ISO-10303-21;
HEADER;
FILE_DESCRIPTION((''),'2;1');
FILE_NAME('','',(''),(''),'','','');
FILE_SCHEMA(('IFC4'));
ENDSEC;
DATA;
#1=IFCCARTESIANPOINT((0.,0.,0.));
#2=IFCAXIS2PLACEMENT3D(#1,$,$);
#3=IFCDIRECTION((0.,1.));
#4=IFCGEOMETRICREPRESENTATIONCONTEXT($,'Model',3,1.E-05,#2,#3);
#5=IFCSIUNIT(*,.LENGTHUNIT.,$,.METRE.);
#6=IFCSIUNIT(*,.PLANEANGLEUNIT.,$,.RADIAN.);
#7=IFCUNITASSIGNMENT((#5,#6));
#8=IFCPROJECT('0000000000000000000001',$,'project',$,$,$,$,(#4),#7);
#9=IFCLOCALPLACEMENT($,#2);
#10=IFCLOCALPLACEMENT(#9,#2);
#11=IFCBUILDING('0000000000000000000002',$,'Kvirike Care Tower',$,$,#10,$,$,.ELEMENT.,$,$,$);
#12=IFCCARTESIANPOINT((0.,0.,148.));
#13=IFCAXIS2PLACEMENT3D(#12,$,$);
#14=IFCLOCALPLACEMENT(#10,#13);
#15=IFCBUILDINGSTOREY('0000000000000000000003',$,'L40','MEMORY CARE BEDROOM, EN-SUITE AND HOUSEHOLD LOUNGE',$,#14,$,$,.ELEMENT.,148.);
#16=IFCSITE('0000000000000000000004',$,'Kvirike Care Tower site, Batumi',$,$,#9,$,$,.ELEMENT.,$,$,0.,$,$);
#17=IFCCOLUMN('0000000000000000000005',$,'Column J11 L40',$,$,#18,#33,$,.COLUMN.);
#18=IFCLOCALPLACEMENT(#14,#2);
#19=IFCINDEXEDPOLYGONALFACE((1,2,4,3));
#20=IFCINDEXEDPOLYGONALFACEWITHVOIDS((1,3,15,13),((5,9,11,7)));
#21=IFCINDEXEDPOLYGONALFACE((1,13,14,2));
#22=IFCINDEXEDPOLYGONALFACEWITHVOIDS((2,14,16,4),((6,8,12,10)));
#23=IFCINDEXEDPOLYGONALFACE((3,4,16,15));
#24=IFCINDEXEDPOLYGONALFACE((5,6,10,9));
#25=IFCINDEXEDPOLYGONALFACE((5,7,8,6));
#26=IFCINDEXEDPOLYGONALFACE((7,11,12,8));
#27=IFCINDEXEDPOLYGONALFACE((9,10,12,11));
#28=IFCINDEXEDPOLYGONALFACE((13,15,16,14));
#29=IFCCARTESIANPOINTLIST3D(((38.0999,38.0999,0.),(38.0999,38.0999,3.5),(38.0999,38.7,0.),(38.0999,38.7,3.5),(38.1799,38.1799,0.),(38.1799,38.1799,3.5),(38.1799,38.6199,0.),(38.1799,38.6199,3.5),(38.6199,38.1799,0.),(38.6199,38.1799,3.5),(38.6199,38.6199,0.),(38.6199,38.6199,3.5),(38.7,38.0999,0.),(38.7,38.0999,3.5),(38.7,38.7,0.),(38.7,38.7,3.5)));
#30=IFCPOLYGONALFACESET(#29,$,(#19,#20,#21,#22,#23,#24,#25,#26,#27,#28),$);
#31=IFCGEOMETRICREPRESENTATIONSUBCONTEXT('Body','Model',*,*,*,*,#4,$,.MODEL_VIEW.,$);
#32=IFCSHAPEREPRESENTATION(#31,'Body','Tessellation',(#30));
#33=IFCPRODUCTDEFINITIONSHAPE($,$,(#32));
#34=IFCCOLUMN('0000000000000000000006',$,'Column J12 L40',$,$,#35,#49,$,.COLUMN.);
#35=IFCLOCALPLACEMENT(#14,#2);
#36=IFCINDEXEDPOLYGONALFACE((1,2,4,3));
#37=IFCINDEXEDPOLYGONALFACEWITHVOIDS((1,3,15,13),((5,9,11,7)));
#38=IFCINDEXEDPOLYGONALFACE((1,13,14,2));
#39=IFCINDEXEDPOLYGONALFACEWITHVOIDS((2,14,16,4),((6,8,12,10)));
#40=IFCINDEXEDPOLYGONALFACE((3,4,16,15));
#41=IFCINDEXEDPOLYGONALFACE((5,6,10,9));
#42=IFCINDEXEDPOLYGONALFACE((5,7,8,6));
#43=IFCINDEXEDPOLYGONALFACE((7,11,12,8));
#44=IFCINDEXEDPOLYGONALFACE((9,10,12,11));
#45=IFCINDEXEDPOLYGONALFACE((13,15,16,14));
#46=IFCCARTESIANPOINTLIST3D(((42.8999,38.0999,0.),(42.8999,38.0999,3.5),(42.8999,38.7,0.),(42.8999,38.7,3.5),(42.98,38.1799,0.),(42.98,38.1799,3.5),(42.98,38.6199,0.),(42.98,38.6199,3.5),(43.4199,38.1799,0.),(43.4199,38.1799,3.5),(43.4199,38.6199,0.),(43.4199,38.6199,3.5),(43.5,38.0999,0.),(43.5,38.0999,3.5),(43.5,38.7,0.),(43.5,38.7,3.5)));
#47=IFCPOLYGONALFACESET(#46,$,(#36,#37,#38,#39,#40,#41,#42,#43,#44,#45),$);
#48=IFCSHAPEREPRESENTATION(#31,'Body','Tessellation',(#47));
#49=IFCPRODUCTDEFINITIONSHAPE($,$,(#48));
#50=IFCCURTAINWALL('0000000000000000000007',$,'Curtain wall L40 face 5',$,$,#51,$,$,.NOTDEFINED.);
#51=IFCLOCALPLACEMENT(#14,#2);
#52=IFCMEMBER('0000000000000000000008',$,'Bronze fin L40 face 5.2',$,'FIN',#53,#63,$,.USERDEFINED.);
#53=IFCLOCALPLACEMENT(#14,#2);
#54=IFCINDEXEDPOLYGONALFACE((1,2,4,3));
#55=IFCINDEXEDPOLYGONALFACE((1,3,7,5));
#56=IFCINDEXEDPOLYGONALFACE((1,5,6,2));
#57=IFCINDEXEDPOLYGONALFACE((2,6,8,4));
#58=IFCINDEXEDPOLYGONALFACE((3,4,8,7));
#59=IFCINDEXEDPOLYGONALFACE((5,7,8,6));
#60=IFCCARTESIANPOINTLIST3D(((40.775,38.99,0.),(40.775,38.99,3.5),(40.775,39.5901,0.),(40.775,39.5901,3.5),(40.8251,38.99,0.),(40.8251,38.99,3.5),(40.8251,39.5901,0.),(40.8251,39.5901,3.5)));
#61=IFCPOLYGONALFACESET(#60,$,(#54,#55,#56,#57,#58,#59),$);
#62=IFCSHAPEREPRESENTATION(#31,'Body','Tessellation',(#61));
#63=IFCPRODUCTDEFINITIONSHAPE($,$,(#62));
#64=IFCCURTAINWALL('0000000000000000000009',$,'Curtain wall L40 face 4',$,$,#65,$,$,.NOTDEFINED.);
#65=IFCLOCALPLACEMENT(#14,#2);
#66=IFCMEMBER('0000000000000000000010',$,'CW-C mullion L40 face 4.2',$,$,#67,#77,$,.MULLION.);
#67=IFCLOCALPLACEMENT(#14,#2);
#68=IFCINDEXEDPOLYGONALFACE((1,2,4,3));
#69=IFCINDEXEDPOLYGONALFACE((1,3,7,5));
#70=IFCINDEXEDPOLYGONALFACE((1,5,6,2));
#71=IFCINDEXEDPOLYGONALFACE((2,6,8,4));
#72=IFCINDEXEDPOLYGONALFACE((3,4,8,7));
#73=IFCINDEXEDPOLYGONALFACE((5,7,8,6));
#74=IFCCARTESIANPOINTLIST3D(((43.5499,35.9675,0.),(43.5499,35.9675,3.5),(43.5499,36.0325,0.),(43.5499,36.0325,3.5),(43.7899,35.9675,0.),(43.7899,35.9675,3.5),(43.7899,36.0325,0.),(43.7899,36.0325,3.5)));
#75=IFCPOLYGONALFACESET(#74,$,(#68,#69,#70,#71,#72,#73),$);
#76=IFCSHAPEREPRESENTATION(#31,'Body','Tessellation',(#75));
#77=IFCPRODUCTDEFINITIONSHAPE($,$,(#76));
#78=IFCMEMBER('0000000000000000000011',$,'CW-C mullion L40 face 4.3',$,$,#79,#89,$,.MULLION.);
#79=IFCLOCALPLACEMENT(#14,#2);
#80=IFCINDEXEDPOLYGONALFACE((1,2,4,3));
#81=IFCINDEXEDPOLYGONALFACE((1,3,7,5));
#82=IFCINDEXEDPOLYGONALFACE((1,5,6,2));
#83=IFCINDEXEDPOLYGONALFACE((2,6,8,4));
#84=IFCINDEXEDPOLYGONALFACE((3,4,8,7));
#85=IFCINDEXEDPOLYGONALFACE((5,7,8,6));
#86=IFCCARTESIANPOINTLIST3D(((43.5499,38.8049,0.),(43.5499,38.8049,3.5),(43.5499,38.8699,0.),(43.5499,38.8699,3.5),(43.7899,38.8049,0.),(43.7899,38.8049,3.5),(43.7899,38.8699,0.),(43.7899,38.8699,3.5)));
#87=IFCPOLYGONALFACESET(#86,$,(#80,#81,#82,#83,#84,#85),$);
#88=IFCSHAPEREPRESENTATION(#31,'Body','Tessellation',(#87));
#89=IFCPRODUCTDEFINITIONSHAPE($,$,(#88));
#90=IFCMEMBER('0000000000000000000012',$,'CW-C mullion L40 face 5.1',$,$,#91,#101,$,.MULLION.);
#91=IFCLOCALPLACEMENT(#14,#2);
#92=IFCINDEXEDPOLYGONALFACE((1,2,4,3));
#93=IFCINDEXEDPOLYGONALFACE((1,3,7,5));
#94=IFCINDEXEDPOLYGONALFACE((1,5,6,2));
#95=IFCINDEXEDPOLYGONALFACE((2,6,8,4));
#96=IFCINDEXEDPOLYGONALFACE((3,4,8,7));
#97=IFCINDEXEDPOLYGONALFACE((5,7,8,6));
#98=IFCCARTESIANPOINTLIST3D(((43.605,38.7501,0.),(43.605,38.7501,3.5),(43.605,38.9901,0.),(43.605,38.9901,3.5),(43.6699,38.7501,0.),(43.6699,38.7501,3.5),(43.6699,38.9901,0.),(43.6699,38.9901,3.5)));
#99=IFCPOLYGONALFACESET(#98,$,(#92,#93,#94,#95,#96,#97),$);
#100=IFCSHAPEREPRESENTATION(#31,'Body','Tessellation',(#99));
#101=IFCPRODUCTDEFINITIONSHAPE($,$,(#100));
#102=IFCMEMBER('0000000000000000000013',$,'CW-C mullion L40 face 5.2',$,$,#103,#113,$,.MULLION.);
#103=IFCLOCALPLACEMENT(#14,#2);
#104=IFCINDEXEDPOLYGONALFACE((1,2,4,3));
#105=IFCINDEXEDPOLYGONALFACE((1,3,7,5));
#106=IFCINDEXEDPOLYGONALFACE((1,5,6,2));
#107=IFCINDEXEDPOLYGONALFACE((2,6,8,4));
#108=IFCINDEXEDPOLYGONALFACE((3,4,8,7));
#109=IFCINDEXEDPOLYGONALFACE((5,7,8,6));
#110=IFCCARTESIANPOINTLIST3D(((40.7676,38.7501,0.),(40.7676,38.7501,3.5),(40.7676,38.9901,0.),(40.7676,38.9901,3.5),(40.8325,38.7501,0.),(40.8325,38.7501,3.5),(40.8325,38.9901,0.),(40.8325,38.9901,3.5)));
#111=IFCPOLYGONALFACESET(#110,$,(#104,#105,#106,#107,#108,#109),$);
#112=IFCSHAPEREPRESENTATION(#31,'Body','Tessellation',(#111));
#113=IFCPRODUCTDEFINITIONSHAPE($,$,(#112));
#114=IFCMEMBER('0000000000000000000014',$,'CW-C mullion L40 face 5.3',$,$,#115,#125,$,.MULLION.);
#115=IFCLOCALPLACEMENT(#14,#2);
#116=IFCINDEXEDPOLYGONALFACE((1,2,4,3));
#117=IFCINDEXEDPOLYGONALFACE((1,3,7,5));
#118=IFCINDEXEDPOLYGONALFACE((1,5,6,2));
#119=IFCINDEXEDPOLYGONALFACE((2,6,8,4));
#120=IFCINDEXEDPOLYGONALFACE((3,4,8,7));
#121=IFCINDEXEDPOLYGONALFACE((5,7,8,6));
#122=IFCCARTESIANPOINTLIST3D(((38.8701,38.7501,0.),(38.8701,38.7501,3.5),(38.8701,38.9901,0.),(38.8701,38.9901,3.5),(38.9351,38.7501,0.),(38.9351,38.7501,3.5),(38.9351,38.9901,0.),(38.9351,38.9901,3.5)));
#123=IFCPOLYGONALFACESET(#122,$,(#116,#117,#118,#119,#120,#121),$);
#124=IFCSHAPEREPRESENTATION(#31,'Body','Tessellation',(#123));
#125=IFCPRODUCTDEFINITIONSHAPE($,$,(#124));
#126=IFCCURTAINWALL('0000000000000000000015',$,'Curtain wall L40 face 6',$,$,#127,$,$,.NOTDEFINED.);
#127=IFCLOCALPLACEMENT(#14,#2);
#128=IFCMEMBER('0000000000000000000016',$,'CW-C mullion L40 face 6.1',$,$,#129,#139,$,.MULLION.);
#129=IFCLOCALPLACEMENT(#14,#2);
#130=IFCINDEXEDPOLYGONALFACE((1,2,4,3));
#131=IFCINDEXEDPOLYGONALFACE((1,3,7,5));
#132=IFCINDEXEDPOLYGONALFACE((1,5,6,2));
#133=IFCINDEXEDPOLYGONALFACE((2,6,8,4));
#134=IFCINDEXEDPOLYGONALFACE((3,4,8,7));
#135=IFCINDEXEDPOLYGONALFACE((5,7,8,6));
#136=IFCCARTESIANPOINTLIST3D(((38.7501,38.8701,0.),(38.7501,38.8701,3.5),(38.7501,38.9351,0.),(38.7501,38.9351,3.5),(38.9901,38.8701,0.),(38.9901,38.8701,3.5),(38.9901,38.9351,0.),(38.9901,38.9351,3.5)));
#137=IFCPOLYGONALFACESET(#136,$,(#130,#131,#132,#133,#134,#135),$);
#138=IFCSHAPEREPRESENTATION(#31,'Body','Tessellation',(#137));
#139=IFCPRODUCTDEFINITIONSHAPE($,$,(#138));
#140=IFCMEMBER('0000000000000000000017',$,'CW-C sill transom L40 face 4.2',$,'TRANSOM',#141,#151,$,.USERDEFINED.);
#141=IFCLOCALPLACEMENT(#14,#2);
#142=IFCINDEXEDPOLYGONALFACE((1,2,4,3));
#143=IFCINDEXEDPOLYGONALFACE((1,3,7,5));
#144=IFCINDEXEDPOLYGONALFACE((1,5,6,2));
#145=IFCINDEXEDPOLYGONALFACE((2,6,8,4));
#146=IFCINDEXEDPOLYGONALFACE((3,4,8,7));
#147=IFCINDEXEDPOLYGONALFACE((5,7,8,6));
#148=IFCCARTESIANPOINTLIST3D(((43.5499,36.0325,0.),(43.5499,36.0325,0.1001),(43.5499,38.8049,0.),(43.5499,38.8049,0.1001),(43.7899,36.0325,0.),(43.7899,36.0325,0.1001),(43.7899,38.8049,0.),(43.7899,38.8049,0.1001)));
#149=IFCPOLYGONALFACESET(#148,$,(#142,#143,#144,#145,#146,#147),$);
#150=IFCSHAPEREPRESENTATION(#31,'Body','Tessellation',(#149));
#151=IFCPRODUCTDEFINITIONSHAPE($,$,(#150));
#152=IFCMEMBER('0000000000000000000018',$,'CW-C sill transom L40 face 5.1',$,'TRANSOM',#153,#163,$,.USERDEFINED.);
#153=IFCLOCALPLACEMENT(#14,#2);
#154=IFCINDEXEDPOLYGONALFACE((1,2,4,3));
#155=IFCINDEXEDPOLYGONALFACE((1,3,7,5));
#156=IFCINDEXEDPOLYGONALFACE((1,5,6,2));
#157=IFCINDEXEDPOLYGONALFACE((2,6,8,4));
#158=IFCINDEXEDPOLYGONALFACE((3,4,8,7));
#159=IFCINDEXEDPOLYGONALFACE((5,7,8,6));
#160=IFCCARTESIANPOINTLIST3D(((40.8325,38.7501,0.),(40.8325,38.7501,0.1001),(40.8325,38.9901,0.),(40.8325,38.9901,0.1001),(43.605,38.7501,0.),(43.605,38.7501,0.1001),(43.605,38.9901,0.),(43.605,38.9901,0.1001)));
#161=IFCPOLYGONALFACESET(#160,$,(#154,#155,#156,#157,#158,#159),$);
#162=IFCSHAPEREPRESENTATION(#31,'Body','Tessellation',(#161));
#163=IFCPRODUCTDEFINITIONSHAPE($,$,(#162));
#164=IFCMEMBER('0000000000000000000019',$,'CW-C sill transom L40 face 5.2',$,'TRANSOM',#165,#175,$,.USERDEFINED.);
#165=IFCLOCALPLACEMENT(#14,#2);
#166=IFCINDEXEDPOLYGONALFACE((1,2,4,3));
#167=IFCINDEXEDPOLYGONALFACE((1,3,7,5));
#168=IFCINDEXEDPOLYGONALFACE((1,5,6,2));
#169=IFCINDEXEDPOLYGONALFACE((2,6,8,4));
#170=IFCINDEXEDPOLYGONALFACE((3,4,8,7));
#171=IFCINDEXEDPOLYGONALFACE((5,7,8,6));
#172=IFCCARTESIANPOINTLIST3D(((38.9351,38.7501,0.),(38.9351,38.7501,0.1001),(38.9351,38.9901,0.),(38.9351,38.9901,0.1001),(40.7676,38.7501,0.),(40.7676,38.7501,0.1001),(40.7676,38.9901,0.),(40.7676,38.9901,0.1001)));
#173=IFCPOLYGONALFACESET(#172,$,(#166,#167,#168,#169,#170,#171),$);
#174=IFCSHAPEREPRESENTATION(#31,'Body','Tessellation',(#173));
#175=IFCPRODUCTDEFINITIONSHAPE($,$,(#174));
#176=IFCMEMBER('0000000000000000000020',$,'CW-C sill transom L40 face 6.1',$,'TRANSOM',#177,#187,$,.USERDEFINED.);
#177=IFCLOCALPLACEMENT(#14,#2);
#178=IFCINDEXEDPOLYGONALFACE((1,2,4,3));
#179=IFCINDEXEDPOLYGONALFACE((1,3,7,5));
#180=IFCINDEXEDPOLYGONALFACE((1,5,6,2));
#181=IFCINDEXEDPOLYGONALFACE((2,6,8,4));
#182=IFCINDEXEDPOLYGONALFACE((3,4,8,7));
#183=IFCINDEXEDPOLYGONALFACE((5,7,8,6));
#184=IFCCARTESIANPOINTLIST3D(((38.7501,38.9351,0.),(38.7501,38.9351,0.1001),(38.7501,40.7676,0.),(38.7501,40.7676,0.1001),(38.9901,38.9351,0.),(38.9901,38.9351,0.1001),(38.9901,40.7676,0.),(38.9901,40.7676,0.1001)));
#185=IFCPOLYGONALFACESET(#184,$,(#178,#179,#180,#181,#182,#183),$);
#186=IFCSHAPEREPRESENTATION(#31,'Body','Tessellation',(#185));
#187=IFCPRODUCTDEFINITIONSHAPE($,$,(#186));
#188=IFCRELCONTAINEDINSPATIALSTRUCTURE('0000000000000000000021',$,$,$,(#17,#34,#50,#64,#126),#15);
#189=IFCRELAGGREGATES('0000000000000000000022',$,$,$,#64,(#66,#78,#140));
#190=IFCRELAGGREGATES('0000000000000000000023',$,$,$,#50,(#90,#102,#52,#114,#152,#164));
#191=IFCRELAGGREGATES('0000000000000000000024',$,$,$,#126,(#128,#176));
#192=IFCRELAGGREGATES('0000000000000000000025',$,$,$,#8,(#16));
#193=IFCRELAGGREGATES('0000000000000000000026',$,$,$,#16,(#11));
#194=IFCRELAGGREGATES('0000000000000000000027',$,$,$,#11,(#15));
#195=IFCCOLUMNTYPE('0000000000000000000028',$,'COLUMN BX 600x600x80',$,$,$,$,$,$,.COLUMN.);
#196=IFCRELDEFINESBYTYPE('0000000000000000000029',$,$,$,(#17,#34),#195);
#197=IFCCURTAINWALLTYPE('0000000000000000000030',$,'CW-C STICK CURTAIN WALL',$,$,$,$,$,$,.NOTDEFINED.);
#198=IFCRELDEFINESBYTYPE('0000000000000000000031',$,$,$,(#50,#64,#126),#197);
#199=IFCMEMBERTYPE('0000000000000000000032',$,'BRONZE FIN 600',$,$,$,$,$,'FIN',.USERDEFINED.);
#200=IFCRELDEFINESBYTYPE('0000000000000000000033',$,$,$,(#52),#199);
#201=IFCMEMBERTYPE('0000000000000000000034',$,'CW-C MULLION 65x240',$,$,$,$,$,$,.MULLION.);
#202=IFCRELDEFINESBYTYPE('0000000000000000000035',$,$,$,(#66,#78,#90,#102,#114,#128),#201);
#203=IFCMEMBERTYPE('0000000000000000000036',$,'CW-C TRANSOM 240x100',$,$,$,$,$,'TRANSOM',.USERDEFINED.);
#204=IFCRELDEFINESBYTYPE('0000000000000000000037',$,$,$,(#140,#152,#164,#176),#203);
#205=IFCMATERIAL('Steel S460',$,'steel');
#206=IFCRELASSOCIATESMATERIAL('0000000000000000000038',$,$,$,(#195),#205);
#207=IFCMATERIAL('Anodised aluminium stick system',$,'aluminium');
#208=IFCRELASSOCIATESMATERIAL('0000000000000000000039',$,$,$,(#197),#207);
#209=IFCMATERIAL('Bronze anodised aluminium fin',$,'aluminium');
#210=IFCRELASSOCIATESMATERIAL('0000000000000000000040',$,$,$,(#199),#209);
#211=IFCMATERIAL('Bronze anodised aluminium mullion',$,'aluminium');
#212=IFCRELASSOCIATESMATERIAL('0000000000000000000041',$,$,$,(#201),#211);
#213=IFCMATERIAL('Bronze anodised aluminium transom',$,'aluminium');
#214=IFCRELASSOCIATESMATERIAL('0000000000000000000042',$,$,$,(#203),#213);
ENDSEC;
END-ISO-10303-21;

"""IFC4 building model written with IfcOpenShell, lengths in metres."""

from ifc_helpers import new_model, si_unit, direction, frame, origin, origin_2d, place, context, subcontext, project, spatial, rectangle, hollow_rectangle, extrude, material, material_profile, profile_set, type_object, element, aggregate, save


model = new_model("IFC4")

# Units and contexts
model_context = context("Model", 3, precision=1e-05, world=origin(), true_north=direction((0.0, 1.0)))
body_context = subcontext(model_context, "Body", "Model", "MODEL_VIEW")
ifc_project = project(units=[si_unit("LENGTHUNIT", "METRE"), si_unit("PLANEANGLEUNIT", "RADIAN")], contexts=[model_context])

# Site, building, storey
site_placement = place(None, origin())
site = spatial("IfcSite", under=ifc_project, at=site_placement, Name="Kvirike Care Tower site, Batumi", CompositionType="ELEMENT", RefElevation=0.0)
building_placement = place(site_placement, origin())
building = spatial("IfcBuilding", under=site, at=building_placement, Name="Kvirike Care Tower", CompositionType="ELEMENT")
storey_placement = place(building_placement, frame((0.0, 0.0, 148.0)))
storey = spatial("IfcBuildingStorey", under=building, at=storey_placement, Name="L40", Description="MEMORY CARE BEDROOM, EN-SUITE AND HOUSEHOLD LOUNGE", CompositionType="ELEMENT", Elevation=148.0)

# Columns
ifc_material_1 = material(Name="Steel S460", Category="steel")
ifc_material_profile_1 = material_profile(ifc_material_1, hollow_rectangle(XDim=0.6001, YDim=0.6001, WallThickness=0.0801, at=origin_2d()), Name="BX 600x600x80")
ifc_profile_set_1 = profile_set([ifc_material_profile_1], Name="Steel S460")
column_type = type_object("IfcColumnType", Name="COLUMN BX 600x600x80", PredefinedType="COLUMN", material=ifc_profile_set_1)
for number, where, z_axis, x_axis, name in (
    (1, (38.3999, 38.3999, 0.0), (0.0, 0.0, 1.0), (0.0, 1.0, 0.0), "Column J11 L40"),
    (2, (43.2, 38.3999, 0.0), (0.0, 0.0, 1.0), (0.0, 1.0, 0.0), "Column J12 L40"),
):
    element("IfcColumn", number, at=place(storey_placement, frame(where, z_axis=z_axis, x_axis=x_axis)), inside=storey, type_object=column_type, Name=name, PredefinedType="COLUMN", context=body_context, shape_type="SweptSolid", body=[
        extrude(hollow_rectangle(XDim=0.6001, YDim=0.6001, WallThickness=0.0801, at=origin_2d()), origin(), (0.0, 0.0, 1.0), 3.5),
    ])

# Curtain wall, member
ifc_material_2 = material(Name="Anodised aluminium stick system", Category="aluminium")
curtain_wall_type = type_object("IfcCurtainWallType", Name="CW-C STICK CURTAIN WALL", PredefinedType="NOTDEFINED", material=ifc_material_2)
curtain_wall_1_placement = place(storey_placement, origin())
curtain_wall_1 = element("IfcCurtainWall", 3, at=curtain_wall_1_placement, inside=storey, type_object=curtain_wall_type, Name="Curtain wall L40 face 5", PredefinedType="NOTDEFINED")
ifc_material_3 = material(Name="Bronze anodised aluminium fin", Category="aluminium")
ifc_material_profile_2 = material_profile(ifc_material_3, rectangle(XDim=0.05, YDim=0.6001, at=origin_2d()), Name="BRONZE FIN 600")
ifc_profile_set_2 = profile_set([ifc_material_profile_2], Name="Bronze anodised aluminium fin")
member_type_1 = type_object("IfcMemberType", Name="BRONZE FIN 600", ElementType="FIN", PredefinedType="USERDEFINED", material=ifc_profile_set_2)
member_1_placement = place(storey_placement, frame((40.8, 39.29, 0.0), z_axis=(0.0, 0.0, 1.0), x_axis=(-1.0, 0.0, 0.0)))
member_1 = element("IfcMember", 4, at=member_1_placement, type_object=member_type_1, Name="Bronze fin L40 face 5.2", ObjectType="FIN", PredefinedType="USERDEFINED", context=body_context, shape_type="SweptSolid", body=[
    extrude(rectangle(XDim=0.05, YDim=0.6001, at=origin_2d()), origin(), (0.0, 0.0, 1.0), 3.5),
])

# Curtain wall, members
curtain_wall_2_placement = place(storey_placement, origin())
curtain_wall_2 = element("IfcCurtainWall", 5, at=curtain_wall_2_placement, inside=storey, type_object=curtain_wall_type, Name="Curtain wall L40 face 4", PredefinedType="NOTDEFINED")
ifc_material_4 = material(Name="Bronze anodised aluminium mullion", Category="aluminium")
ifc_material_profile_3 = material_profile(ifc_material_4, rectangle(XDim=0.0649, YDim=0.24, at=origin_2d()), Name="CW-C MULLION 65x240")
ifc_profile_set_3 = profile_set([ifc_material_profile_3], Name="Bronze anodised aluminium mullion")
member_type_2 = type_object("IfcMemberType", Name="CW-C MULLION 65x240", PredefinedType="MULLION", material=ifc_profile_set_3)
member_2_placement = place(storey_placement, frame((43.6699, 36.0, 0.0), z_axis=(0.0, 0.0, 1.0), x_axis=(0.0, 1.0, 0.0)))
member_2 = element("IfcMember", 6, at=member_2_placement, type_object=member_type_2, Name="CW-C mullion L40 face 4.2", PredefinedType="MULLION", context=body_context, shape_type="SweptSolid", body=[
    extrude(rectangle(XDim=0.0649, YDim=0.24, at=origin_2d()), origin(), (0.0, 0.0, 1.0), 3.5),
])
member_3_placement = place(storey_placement, frame((43.6699, 38.8374, 0.0), z_axis=(0.0, 0.0, 1.0), x_axis=(0.0, 1.0, 0.0)))
member_3 = element("IfcMember", 7, at=member_3_placement, type_object=member_type_2, Name="CW-C mullion L40 face 4.3", PredefinedType="MULLION", context=body_context, shape_type="SweptSolid", body=[
    extrude(rectangle(XDim=0.0649, YDim=0.24, at=origin_2d()), origin(), (0.0, 0.0, 1.0), 3.5),
])

# Members
member_4_placement = place(storey_placement, frame((43.6375, 38.8701, 0.0), z_axis=(0.0, 0.0, 1.0), x_axis=(-1.0, 0.0, 0.0)))
member_4 = element("IfcMember", 8, at=member_4_placement, type_object=member_type_2, Name="CW-C mullion L40 face 5.1", PredefinedType="MULLION", context=body_context, shape_type="SweptSolid", body=[
    extrude(rectangle(XDim=0.0649, YDim=0.24, at=origin_2d()), origin(), (0.0, 0.0, 1.0), 3.5),
])
member_5_placement = place(storey_placement, frame((40.8, 38.8701, 0.0), z_axis=(0.0, 0.0, 1.0), x_axis=(-1.0, 0.0, 0.0)))
member_5 = element("IfcMember", 9, at=member_5_placement, type_object=member_type_2, Name="CW-C mullion L40 face 5.2", PredefinedType="MULLION", context=body_context, shape_type="SweptSolid", body=[
    extrude(rectangle(XDim=0.0649, YDim=0.24, at=origin_2d()), origin(), (0.0, 0.0, 1.0), 3.5),
])
member_6_placement = place(storey_placement, frame((38.9026, 38.8701, 0.0), z_axis=(0.0, 0.0, 1.0), x_axis=(-1.0, 0.0, 0.0)))
member_6 = element("IfcMember", 10, at=member_6_placement, type_object=member_type_2, Name="CW-C mullion L40 face 5.3", PredefinedType="MULLION", context=body_context, shape_type="SweptSolid", body=[
    extrude(rectangle(XDim=0.0649, YDim=0.24, at=origin_2d()), origin(), (0.0, 0.0, 1.0), 3.5),
])

# Curtain wall, member
curtain_wall_3_placement = place(storey_placement, origin())
curtain_wall_3 = element("IfcCurtainWall", 11, at=curtain_wall_3_placement, inside=storey, type_object=curtain_wall_type, Name="Curtain wall L40 face 6", PredefinedType="NOTDEFINED")
member_7_placement = place(storey_placement, frame((38.8701, 38.9026, 0.0), z_axis=(0.0, 0.0, 1.0), x_axis=(0.0, 1.0, 0.0)))
member_7 = element("IfcMember", 12, at=member_7_placement, type_object=member_type_2, Name="CW-C mullion L40 face 6.1", PredefinedType="MULLION", context=body_context, shape_type="SweptSolid", body=[
    extrude(rectangle(XDim=0.0649, YDim=0.24, at=origin_2d()), origin(), (0.0, 0.0, 1.0), 3.5),
])

# Members
ifc_material_5 = material(Name="Bronze anodised aluminium transom", Category="aluminium")
ifc_material_profile_4 = material_profile(ifc_material_5, rectangle(XDim=0.24, YDim=0.1001, at=origin_2d()), Name="CW-C TRANSOM 240x100")
ifc_profile_set_4 = profile_set([ifc_material_profile_4], Name="Bronze anodised aluminium transom")
member_type_3 = type_object("IfcMemberType", Name="CW-C TRANSOM 240x100", ElementType="TRANSOM", PredefinedType="USERDEFINED", material=ifc_profile_set_4)
member_8_placement = place(storey_placement, frame((43.6699, 36.0325, 0.05), z_axis=(0.0, 1.0, 0.0), x_axis=(-1.0, 0.0, 0.0)))
member_8 = element("IfcMember", 13, at=member_8_placement, type_object=member_type_3, Name="CW-C sill transom L40 face 4.2", ObjectType="TRANSOM", PredefinedType="USERDEFINED", context=body_context, shape_type="SweptSolid", body=[
    extrude(rectangle(XDim=0.24, YDim=0.1001, at=origin_2d()), origin(), (0.0, 0.0, 1.0), 2.7725),
])
member_9_placement = place(storey_placement, frame((43.605, 38.8701, 0.05), z_axis=(-1.0, 0.0, 0.0), x_axis=(0.0, -1.0, 0.0)))
member_9 = element("IfcMember", 14, at=member_9_placement, type_object=member_type_3, Name="CW-C sill transom L40 face 5.1", ObjectType="TRANSOM", PredefinedType="USERDEFINED", context=body_context, shape_type="SweptSolid", body=[
    extrude(rectangle(XDim=0.24, YDim=0.1001, at=origin_2d()), origin(), (0.0, 0.0, 1.0), 2.7725),
])
member_10_placement = place(storey_placement, frame((40.7676, 38.8701, 0.05), z_axis=(-1.0, 0.0, 0.0), x_axis=(0.0, -1.0, 0.0)))
member_10 = element("IfcMember", 15, at=member_10_placement, type_object=member_type_3, Name="CW-C sill transom L40 face 5.2", ObjectType="TRANSOM", PredefinedType="USERDEFINED", context=body_context, shape_type="SweptSolid", body=[
    extrude(rectangle(XDim=0.24, YDim=0.1001, at=origin_2d()), origin(), (0.0, 0.0, 1.0), 1.8325),
])
member_11_placement = place(storey_placement, frame((38.8701, 38.9351, 0.05), z_axis=(0.0, 1.0, 0.0), x_axis=(-1.0, 0.0, 0.0)))
member_11 = element("IfcMember", 16, at=member_11_placement, type_object=member_type_3, Name="CW-C sill transom L40 face 6.1", ObjectType="TRANSOM", PredefinedType="USERDEFINED", context=body_context, shape_type="SweptSolid", body=[
    extrude(rectangle(XDim=0.24, YDim=0.1001, at=origin_2d()), origin(), (0.0, 0.0, 1.0), 1.8325),
])

aggregate(curtain_wall_2, [member_2, member_3, member_8])
aggregate(curtain_wall_1, [member_4, member_5, member_1, member_6, member_9, member_10])
aggregate(curtain_wall_3, [member_7, member_11])

save(model, "model.ifc")
